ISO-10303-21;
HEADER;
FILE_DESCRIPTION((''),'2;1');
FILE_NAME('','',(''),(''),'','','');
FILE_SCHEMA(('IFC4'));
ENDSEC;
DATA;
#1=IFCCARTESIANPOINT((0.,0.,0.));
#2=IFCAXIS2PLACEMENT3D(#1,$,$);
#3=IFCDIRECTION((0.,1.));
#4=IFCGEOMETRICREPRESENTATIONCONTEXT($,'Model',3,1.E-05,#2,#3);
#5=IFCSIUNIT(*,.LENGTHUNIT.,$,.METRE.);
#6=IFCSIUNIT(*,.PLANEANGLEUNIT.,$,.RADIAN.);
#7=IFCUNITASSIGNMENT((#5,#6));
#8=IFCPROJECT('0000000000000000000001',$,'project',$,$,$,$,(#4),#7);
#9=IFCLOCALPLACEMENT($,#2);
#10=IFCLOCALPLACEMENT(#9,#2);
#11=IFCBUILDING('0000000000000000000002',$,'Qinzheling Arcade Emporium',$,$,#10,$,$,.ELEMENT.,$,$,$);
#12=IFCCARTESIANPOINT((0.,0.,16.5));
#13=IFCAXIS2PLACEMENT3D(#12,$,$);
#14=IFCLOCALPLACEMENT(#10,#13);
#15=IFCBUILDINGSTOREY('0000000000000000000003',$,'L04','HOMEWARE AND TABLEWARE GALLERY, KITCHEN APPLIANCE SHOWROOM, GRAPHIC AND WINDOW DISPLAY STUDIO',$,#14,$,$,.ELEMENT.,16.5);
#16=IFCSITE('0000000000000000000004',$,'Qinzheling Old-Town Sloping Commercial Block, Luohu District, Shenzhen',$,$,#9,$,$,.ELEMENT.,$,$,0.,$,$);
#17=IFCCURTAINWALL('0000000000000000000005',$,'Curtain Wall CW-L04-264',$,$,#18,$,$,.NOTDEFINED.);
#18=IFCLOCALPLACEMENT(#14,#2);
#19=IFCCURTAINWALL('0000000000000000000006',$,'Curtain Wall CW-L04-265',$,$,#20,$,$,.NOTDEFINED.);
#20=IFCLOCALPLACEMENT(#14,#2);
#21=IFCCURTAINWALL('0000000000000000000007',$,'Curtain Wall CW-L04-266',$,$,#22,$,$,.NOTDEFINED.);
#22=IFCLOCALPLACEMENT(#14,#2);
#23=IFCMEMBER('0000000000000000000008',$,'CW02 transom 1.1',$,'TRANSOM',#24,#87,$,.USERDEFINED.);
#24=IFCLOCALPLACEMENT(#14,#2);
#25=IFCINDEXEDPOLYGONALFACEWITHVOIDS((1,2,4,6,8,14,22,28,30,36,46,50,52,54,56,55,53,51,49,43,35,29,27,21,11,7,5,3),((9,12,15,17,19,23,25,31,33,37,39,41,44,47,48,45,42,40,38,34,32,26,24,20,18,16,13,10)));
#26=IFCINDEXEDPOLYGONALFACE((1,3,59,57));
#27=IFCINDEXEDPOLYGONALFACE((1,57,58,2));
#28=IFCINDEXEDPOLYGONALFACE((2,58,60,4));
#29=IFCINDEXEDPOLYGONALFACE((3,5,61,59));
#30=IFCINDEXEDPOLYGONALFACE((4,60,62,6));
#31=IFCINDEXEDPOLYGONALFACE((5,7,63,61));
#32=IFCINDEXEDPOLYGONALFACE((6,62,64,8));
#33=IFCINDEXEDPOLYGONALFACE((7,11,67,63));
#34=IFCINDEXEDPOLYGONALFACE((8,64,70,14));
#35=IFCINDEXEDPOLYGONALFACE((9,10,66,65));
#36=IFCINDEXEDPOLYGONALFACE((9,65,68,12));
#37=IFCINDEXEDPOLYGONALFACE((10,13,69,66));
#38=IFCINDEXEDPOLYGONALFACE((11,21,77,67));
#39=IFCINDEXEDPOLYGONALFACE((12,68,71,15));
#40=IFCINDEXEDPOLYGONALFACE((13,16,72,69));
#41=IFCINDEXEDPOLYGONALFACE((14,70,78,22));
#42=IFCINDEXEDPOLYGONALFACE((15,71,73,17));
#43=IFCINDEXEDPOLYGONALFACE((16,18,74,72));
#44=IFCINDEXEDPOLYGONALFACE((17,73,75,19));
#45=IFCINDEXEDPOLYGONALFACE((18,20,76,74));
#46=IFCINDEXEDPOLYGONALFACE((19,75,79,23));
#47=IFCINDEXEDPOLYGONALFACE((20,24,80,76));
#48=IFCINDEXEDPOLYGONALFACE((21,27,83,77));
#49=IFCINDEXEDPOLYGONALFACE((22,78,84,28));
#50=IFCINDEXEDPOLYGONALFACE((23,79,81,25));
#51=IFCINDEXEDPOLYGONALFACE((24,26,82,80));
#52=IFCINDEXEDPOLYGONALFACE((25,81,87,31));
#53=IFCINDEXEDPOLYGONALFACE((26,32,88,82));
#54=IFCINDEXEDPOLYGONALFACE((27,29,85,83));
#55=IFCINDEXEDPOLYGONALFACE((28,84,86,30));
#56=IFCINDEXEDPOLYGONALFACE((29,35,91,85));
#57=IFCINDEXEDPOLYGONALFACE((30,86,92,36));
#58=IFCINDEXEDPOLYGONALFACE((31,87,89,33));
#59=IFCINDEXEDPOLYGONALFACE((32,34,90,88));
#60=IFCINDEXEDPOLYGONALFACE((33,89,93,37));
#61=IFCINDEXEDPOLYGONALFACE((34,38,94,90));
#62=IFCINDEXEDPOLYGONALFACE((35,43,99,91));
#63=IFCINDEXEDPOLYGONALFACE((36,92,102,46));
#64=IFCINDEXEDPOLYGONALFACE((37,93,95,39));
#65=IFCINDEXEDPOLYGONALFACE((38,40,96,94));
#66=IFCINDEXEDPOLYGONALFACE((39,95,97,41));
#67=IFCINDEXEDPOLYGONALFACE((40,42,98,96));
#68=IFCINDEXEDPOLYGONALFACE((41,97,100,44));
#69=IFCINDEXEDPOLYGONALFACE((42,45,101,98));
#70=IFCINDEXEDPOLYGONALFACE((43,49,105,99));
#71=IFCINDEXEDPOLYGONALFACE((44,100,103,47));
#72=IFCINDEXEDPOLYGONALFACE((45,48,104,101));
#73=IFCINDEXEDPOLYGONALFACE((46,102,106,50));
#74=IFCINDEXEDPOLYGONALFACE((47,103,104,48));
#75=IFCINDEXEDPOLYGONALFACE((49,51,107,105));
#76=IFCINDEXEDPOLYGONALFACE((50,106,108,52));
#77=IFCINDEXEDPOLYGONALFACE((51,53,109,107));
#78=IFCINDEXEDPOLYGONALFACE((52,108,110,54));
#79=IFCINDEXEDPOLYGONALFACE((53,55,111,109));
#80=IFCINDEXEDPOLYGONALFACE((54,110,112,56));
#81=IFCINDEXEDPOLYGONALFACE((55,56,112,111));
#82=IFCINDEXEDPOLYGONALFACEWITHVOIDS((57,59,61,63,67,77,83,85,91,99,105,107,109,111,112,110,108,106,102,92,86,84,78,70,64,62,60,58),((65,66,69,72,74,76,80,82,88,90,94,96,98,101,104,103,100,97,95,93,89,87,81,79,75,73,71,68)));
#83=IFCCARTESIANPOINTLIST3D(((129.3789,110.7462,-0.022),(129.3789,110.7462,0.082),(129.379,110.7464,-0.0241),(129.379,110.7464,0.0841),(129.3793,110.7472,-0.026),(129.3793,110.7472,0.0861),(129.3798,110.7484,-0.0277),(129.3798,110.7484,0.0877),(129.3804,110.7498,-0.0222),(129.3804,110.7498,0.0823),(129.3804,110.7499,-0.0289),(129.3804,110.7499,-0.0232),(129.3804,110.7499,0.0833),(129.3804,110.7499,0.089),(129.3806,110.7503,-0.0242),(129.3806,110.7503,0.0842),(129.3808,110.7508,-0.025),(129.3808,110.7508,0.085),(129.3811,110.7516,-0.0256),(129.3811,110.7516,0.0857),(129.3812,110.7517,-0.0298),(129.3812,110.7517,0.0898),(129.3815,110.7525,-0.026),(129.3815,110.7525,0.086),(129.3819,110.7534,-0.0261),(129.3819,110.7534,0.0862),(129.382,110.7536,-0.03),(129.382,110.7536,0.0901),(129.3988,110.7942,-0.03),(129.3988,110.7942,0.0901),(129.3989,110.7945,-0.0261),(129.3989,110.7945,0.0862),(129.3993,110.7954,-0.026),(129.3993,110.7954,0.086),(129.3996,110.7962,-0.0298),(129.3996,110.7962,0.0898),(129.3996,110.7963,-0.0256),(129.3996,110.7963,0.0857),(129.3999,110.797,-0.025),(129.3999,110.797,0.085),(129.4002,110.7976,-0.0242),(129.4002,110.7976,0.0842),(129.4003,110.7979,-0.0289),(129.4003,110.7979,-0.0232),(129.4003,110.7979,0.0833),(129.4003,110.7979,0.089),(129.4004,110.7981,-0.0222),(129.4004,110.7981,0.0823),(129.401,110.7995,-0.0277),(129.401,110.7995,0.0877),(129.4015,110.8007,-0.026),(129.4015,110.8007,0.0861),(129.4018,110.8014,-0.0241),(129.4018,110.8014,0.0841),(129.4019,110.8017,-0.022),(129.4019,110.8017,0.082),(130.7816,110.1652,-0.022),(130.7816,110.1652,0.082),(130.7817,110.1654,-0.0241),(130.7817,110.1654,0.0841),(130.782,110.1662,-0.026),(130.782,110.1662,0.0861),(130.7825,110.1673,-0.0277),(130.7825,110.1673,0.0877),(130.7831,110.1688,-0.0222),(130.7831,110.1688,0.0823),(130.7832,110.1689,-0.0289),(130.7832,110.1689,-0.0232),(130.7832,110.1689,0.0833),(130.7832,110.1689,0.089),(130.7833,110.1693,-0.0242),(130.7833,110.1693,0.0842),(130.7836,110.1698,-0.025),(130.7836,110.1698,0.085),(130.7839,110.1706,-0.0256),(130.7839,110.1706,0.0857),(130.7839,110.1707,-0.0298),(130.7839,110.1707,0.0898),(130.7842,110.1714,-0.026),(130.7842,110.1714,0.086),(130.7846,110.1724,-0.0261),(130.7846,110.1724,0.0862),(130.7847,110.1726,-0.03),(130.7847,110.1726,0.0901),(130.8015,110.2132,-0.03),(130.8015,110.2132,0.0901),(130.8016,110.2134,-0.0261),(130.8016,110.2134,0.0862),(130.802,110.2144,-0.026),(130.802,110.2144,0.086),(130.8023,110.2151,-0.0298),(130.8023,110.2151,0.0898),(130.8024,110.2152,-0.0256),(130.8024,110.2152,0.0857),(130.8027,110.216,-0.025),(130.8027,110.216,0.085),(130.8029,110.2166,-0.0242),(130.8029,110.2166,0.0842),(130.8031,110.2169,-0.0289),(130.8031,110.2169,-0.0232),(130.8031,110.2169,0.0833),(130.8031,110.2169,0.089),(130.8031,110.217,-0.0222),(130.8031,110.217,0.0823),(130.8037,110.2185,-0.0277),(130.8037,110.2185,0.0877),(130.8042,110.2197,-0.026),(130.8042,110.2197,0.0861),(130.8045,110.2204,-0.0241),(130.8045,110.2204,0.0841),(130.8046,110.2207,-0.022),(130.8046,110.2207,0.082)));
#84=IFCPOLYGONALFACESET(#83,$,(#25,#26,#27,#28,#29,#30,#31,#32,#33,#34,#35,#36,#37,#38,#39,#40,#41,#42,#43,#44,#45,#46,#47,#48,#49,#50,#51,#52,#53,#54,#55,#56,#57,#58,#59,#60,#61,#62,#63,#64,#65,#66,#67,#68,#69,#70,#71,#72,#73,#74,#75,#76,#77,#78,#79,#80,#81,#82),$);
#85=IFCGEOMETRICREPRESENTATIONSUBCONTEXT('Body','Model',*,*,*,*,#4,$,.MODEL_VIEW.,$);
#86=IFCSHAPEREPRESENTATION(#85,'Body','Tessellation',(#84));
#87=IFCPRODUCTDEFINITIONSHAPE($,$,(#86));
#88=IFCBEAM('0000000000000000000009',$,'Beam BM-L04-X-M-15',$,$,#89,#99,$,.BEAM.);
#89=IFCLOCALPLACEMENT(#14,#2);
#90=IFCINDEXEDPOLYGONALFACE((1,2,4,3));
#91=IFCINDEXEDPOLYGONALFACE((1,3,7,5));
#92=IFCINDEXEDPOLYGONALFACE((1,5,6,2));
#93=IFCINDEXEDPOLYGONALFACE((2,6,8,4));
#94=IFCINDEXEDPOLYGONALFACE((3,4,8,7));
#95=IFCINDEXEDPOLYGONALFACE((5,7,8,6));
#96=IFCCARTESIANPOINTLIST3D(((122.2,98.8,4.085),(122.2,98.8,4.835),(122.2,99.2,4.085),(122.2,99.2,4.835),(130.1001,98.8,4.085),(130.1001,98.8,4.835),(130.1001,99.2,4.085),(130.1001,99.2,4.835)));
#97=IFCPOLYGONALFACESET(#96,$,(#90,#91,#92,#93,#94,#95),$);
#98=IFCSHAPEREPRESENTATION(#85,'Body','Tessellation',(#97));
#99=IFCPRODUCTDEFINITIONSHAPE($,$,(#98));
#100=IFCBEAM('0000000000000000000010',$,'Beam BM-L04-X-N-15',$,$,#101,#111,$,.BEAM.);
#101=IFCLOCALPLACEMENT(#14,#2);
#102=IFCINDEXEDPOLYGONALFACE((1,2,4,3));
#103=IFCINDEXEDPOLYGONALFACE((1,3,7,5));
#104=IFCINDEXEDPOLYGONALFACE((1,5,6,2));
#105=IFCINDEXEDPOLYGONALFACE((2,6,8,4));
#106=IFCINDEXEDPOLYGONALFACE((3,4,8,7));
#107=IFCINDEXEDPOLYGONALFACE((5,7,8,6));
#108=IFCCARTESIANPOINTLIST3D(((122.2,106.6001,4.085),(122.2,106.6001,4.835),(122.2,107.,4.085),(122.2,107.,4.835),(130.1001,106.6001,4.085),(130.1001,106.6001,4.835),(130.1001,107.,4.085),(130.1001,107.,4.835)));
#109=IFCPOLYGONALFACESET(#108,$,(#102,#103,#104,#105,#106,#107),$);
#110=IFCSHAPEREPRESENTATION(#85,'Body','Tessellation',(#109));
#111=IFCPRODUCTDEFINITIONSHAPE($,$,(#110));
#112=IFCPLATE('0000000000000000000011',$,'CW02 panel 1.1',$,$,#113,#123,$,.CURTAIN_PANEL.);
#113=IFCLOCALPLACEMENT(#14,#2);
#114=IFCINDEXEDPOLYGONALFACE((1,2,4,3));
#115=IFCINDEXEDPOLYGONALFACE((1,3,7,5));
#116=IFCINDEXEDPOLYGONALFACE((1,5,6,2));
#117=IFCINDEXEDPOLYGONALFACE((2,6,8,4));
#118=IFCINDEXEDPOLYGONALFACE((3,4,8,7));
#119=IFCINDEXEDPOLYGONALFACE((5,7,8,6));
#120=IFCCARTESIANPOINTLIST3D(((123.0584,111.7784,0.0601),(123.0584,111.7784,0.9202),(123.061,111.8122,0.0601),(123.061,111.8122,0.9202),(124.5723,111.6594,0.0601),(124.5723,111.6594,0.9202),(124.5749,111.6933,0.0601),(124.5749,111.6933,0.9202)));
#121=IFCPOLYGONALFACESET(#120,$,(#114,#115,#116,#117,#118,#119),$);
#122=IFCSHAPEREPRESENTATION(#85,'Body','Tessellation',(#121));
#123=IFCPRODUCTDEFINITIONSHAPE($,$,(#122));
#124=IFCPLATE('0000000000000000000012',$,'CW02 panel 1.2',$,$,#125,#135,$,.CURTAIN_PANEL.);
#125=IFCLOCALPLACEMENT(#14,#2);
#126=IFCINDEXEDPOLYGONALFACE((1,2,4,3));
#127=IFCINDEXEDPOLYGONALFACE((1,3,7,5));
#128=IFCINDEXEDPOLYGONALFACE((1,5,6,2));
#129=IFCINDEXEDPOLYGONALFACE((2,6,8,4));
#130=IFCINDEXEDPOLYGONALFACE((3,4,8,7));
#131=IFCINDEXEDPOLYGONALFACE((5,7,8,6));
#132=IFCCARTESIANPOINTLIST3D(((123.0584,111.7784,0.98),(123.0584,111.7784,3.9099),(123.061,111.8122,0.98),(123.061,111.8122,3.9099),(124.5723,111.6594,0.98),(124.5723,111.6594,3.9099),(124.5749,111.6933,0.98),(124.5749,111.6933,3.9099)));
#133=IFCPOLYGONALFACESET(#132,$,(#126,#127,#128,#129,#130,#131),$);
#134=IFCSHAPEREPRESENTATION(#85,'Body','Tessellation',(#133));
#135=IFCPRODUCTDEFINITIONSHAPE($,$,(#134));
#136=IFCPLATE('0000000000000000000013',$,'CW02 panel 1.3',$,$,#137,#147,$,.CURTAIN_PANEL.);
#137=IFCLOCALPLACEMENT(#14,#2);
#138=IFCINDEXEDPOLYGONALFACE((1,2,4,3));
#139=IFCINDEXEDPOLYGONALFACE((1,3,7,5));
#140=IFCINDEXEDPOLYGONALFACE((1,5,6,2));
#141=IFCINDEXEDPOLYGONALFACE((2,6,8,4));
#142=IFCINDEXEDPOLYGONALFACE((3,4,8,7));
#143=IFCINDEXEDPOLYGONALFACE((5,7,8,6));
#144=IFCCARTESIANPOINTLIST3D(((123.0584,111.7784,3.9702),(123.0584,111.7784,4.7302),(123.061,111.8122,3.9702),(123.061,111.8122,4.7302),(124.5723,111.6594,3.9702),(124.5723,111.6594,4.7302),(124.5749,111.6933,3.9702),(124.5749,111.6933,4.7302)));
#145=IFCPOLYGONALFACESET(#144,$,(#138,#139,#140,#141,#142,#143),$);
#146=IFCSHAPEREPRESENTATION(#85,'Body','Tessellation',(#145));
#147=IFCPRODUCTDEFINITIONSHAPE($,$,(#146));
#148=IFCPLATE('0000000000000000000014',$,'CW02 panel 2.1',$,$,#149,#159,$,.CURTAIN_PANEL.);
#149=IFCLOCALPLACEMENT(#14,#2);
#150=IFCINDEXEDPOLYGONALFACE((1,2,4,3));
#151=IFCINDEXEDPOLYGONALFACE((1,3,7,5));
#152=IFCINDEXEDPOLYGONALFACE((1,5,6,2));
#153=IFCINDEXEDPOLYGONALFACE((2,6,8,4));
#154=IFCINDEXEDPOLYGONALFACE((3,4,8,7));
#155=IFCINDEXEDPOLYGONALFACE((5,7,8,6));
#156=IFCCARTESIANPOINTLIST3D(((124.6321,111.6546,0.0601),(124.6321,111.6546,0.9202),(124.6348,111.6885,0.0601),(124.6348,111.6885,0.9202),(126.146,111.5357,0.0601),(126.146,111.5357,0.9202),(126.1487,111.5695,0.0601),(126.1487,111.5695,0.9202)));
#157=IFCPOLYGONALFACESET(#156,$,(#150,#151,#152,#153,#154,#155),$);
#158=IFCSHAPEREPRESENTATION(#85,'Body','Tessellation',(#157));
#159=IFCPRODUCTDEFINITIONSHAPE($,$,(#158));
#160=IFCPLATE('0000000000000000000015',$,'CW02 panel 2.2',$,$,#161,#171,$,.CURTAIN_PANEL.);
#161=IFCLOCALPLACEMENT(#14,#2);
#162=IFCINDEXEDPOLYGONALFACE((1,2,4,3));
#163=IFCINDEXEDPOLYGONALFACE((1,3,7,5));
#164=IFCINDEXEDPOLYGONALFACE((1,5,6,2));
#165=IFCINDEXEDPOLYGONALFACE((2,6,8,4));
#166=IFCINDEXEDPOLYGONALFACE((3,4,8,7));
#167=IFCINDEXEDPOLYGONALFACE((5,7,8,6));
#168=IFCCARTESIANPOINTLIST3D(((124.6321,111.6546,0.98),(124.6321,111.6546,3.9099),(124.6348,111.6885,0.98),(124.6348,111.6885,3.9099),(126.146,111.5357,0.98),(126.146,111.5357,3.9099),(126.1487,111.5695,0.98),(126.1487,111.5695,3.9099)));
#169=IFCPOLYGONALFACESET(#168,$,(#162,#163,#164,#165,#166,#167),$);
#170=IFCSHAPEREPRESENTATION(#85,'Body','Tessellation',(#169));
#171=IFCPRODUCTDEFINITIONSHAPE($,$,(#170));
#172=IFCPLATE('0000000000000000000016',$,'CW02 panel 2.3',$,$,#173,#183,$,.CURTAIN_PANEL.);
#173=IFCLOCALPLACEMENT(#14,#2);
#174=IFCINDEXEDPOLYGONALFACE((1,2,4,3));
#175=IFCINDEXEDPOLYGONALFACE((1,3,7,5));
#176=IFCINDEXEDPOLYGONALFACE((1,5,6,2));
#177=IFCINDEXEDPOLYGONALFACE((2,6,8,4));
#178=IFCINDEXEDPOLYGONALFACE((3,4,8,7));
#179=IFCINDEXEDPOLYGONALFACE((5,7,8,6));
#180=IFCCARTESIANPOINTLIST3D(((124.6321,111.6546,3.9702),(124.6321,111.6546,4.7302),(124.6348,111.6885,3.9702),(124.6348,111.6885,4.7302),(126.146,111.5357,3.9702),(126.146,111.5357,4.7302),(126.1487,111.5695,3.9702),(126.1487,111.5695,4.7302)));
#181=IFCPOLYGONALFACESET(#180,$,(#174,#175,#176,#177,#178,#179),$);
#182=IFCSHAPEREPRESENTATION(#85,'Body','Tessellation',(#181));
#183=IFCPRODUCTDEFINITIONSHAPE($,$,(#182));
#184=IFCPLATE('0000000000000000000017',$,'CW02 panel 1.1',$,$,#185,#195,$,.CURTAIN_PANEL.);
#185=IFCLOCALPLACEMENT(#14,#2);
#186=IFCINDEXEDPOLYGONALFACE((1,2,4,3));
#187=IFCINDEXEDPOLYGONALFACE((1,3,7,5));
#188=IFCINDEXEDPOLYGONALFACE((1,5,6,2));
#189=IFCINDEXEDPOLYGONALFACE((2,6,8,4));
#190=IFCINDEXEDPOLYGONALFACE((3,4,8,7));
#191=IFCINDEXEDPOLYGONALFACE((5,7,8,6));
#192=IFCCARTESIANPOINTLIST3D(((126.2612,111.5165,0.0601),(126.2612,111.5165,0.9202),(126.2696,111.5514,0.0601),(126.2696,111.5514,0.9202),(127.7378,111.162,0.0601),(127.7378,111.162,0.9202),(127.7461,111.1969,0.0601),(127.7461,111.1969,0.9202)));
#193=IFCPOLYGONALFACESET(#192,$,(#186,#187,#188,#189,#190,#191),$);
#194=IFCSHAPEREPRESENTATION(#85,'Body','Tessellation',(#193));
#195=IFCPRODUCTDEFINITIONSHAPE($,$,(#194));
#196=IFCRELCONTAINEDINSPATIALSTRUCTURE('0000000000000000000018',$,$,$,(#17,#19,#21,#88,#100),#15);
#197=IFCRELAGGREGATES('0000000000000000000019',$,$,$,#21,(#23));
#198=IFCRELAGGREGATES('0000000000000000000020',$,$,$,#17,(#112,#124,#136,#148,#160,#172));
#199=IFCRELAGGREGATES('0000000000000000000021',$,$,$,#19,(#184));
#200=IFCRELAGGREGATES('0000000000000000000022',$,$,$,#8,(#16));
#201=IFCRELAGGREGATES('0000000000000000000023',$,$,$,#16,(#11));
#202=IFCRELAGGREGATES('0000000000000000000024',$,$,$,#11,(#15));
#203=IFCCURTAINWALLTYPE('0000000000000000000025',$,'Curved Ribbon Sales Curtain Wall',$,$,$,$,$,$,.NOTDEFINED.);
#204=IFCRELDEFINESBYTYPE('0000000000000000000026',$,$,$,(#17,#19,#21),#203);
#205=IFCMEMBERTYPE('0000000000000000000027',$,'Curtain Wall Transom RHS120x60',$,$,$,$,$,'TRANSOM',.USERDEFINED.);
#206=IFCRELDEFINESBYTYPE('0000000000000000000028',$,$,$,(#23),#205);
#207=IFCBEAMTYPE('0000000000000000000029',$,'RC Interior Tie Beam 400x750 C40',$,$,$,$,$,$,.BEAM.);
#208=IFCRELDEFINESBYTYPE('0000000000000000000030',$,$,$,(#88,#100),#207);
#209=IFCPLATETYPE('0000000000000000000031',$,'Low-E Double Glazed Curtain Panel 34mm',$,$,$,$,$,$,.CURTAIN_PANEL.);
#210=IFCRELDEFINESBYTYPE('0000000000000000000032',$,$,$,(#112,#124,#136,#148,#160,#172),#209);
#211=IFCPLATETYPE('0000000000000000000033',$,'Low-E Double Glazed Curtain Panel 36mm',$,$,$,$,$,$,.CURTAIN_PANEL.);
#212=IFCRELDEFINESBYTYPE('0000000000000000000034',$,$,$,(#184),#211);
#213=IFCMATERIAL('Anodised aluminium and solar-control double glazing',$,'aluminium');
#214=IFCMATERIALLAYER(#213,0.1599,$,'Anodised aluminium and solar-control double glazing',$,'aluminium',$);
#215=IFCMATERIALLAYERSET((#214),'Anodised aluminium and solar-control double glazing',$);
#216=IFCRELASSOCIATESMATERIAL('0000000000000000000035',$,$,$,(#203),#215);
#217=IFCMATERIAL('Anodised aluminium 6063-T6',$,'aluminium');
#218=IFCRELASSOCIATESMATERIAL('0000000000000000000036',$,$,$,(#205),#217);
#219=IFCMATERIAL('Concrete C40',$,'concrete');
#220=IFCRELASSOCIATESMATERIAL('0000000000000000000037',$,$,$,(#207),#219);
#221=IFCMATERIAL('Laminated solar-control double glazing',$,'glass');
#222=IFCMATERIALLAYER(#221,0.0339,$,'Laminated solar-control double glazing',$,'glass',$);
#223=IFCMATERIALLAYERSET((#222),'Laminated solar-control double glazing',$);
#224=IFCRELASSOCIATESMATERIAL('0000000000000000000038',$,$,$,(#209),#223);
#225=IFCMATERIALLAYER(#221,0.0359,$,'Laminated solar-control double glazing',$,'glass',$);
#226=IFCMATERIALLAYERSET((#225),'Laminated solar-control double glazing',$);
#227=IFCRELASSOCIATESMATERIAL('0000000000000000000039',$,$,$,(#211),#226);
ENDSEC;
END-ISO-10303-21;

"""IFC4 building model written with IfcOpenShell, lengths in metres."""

from ifc_helpers import new_model, si_unit, direction, frame, origin, origin_2d, place, context, subcontext, project, spatial, rectangle, hollow_rectangle, extrude, material, layer, layer_set, material_profile, profile_set, type_object, element, aggregate, save


model = new_model("IFC4")

# Units and contexts
model_context = context("Model", 3, precision=1e-05, world=origin(), true_north=direction((0.0, 1.0)))
body_context = subcontext(model_context, "Body", "Model", "MODEL_VIEW")
ifc_project = project(units=[si_unit("LENGTHUNIT", "METRE"), si_unit("PLANEANGLEUNIT", "RADIAN")], contexts=[model_context])

# Site, building, storey
site_placement = place(None, origin())
site = spatial("IfcSite", under=ifc_project, at=site_placement, Name="Qinzheling Old-Town Sloping Commercial Block, Luohu District, Shenzhen", CompositionType="ELEMENT", RefElevation=0.0)
building_placement = place(site_placement, origin())
building = spatial("IfcBuilding", under=site, at=building_placement, Name="Qinzheling Arcade Emporium", CompositionType="ELEMENT")
storey_placement = place(building_placement, frame((0.0, 0.0, 16.5)))
storey = spatial("IfcBuildingStorey", under=building, at=storey_placement, Name="L04", Description="HOMEWARE AND TABLEWARE GALLERY, KITCHEN APPLIANCE SHOWROOM, GRAPHIC AND WINDOW DISPLAY STUDIO", CompositionType="ELEMENT", Elevation=16.5)

# Shared definitions
ifc_material_1 = material(Name="Anodised aluminium and solar-control double glazing", Category="aluminium")
ifc_material_2 = material(Name="Anodised aluminium 6063-T6", Category="aluminium")

# Curtain walls
ifc_layer_1 = layer(ifc_material_1, 0.1599, Name="Anodised aluminium and solar-control double glazing", Category="aluminium")
ifc_layer_set_1 = layer_set([ifc_layer_1], Name="Anodised aluminium and solar-control double glazing")
curtain_wall_type_1 = type_object("IfcCurtainWallType", Name="Curved Ribbon Sales Curtain Wall", PredefinedType="NOTDEFINED", material=ifc_layer_set_1)
curtain_wall_1_placement = place(storey_placement, origin())
curtain_wall_1 = element("IfcCurtainWall", 1, at=curtain_wall_1_placement, inside=storey, type_object=curtain_wall_type_1, Name="Curtain Wall CW-L04-264", PredefinedType="NOTDEFINED")
curtain_wall_2_placement = place(storey_placement, origin())
curtain_wall_2 = element("IfcCurtainWall", 2, at=curtain_wall_2_placement, inside=storey, type_object=curtain_wall_type_1, Name="Curtain Wall CW-L04-265", PredefinedType="NOTDEFINED")

# Curtain wall
curtain_wall_3_placement = place(storey_placement, origin())
curtain_wall_3 = element("IfcCurtainWall", 3, at=curtain_wall_3_placement, inside=storey, type_object=curtain_wall_type_1, Name="Curtain Wall CW-L04-266", PredefinedType="NOTDEFINED")

# Member
ifc_material_profile_1 = material_profile(ifc_material_2, hollow_rectangle(XDim=0.0601, YDim=0.1201, WallThickness=0.0039, InnerFilletRadius=0.0039, OuterFilletRadius=0.0081, at=origin_2d()), Name="RHS 120x60x4", Category="aluminium")
ifc_profile_set_1 = profile_set([ifc_material_profile_1], Name="Anodised aluminium 6063-T6")
member_type_1 = type_object("IfcMemberType", Name="Curtain Wall Transom RHS120x60", ElementType="TRANSOM", PredefinedType="USERDEFINED", material=ifc_profile_set_1)
member_1_placement = place(storey_placement, frame((129.3904, 110.7739, 0.03), z_axis=(0.923884, -0.382674, 0.0), x_axis=(0.382674, 0.923884, 0.0)))
member_1 = element("IfcMember", 4, at=member_1_placement, type_object=member_type_1, Name="CW02 transom 1.1", ObjectType="TRANSOM", PredefinedType="USERDEFINED", context=body_context, shape_type="SweptSolid", body=[
    extrude(hollow_rectangle(XDim=0.0601, YDim=0.1201, WallThickness=0.0039, InnerFilletRadius=0.0039, OuterFilletRadius=0.0081, at=origin_2d()), origin(), (0.0, 0.0, 1.0), 1.5183),
])
aggregate(curtain_wall_3, [member_1])

# Beams
ifc_material_3 = material(Name="Concrete C40", Category="concrete")
ifc_material_profile_2 = material_profile(ifc_material_3, rectangle(XDim=0.3999, YDim=0.75, at=origin_2d()), Name="RC 400x750", Category="concrete")
ifc_profile_set_2 = profile_set([ifc_material_profile_2], Name="Concrete C40")
beam_type = type_object("IfcBeamType", Name="RC Interior Tie Beam 400x750 C40", PredefinedType="BEAM", material=ifc_profile_set_2)
for number, where, z_axis, x_axis, name in (
    (5, (122.2, 99.0, 4.46), (1.0, 0.0, 0.0), (0.0, 1.0, 0.0), "Beam BM-L04-X-M-15"),
    (6, (122.2, 106.8, 4.46), (1.0, 0.0, 0.0), (0.0, 1.0, 0.0), "Beam BM-L04-X-N-15"),
):
    element("IfcBeam", number, at=place(storey_placement, frame(where, z_axis=z_axis, x_axis=x_axis)), inside=storey, type_object=beam_type, Name=name, PredefinedType="BEAM", context=body_context, shape_type="SweptSolid", body=[
        extrude(rectangle(XDim=0.3999, YDim=0.75, at=origin_2d()), origin(), (0.0, 0.0, 1.0), 7.9001),
    ])

# Plates
ifc_material_4 = material(Name="Laminated solar-control double glazing", Category="glass")
ifc_layer_2 = layer(ifc_material_4, 0.0339, Name="Laminated solar-control double glazing", Category="glass")
ifc_layer_set_2 = layer_set([ifc_layer_2], Name="Laminated solar-control double glazing")
plate_type_1 = type_object("IfcPlateType", Name="Low-E Double Glazed Curtain Panel 34mm", PredefinedType="CURTAIN_PANEL", material=ifc_layer_set_2)
plate_1_placement = place(storey_placement, frame((123.8167, 111.7358, 0.0601), z_axis=(0.0, 0.0, 1.0), x_axis=(0.996927, -0.078337, 0.0)))
plate_1 = element("IfcPlate", 7, at=plate_1_placement, type_object=plate_type_1, Name="CW02 panel 1.1", PredefinedType="CURTAIN_PANEL", context=body_context, shape_type="SweptSolid", body=[
    extrude(rectangle(XDim=1.5186, YDim=0.0339, at=origin_2d()), origin(), (0.0, 0.0, 1.0), 0.8601),
])
plate_2_placement = place(storey_placement, frame((123.8167, 111.7358, 0.98), z_axis=(0.0, 0.0, 1.0), x_axis=(0.996927, -0.078337, 0.0)))
plate_2 = element("IfcPlate", 8, at=plate_2_placement, type_object=plate_type_1, Name="CW02 panel 1.2", PredefinedType="CURTAIN_PANEL", context=body_context, shape_type="SweptSolid", body=[
    extrude(rectangle(XDim=1.5186, YDim=0.0339, at=origin_2d()), origin(), (0.0, 0.0, 1.0), 2.9299),
])
plate_3_placement = place(storey_placement, frame((123.8167, 111.7358, 3.9702), z_axis=(0.0, 0.0, 1.0), x_axis=(0.996927, -0.078337, 0.0)))
plate_3 = element("IfcPlate", 9, at=plate_3_placement, type_object=plate_type_1, Name="CW02 panel 1.3", PredefinedType="CURTAIN_PANEL", context=body_context, shape_type="SweptSolid", body=[
    extrude(rectangle(XDim=1.5186, YDim=0.0339, at=origin_2d()), origin(), (0.0, 0.0, 1.0), 0.76),
])
plate_4_placement = place(storey_placement, frame((125.3904, 111.6121, 0.0601), z_axis=(0.0, 0.0, 1.0), x_axis=(0.996927, -0.078337, 0.0)))
plate_4 = element("IfcPlate", 10, at=plate_4_placement, type_object=plate_type_1, Name="CW02 panel 2.1", PredefinedType="CURTAIN_PANEL", context=body_context, shape_type="SweptSolid", body=[
    extrude(rectangle(XDim=1.5186, YDim=0.0339, at=origin_2d()), origin(), (0.0, 0.0, 1.0), 0.8601),
])
plate_5_placement = place(storey_placement, frame((125.3904, 111.6121, 0.98), z_axis=(0.0, 0.0, 1.0), x_axis=(0.996927, -0.078337, 0.0)))
plate_5 = element("IfcPlate", 11, at=plate_5_placement, type_object=plate_type_1, Name="CW02 panel 2.2", PredefinedType="CURTAIN_PANEL", context=body_context, shape_type="SweptSolid", body=[
    extrude(rectangle(XDim=1.5186, YDim=0.0339, at=origin_2d()), origin(), (0.0, 0.0, 1.0), 2.9299),
])
plate_6_placement = place(storey_placement, frame((125.3904, 111.6121, 3.9702), z_axis=(0.0, 0.0, 1.0), x_axis=(0.996927, -0.078337, 0.0)))
plate_6 = element("IfcPlate", 12, at=plate_6_placement, type_object=plate_type_1, Name="CW02 panel 2.3", PredefinedType="CURTAIN_PANEL", context=body_context, shape_type="SweptSolid", body=[
    extrude(rectangle(XDim=1.5186, YDim=0.0339, at=origin_2d()), origin(), (0.0, 0.0, 1.0), 0.76),
])
aggregate(curtain_wall_1, [plate_1, plate_2, plate_3, plate_4, plate_5, plate_6])
ifc_layer_3 = layer(ifc_material_4, 0.0359, Name="Laminated solar-control double glazing", Category="glass")
ifc_layer_set_3 = layer_set([ifc_layer_3], Name="Laminated solar-control double glazing")
plate_type_2 = type_object("IfcPlateType", Name="Low-E Double Glazed Curtain Panel 36mm", PredefinedType="CURTAIN_PANEL", material=ifc_layer_set_3)
plate_7_placement = place(storey_placement, frame((127.0037, 111.3567, 0.0601), z_axis=(0.0, 0.0, 1.0), x_axis=(0.972368, -0.233455, 0.0)))
plate_7 = element("IfcPlate", 13, at=plate_7_placement, type_object=plate_type_2, Name="CW02 panel 1.1", PredefinedType="CURTAIN_PANEL", context=body_context, shape_type="SweptSolid", body=[
    extrude(rectangle(XDim=1.5186, YDim=0.0359, at=origin_2d()), origin(), (0.0, 0.0, 1.0), 0.8601),
])
aggregate(curtain_wall_2, [plate_7])

save(model, "model.ifc")
